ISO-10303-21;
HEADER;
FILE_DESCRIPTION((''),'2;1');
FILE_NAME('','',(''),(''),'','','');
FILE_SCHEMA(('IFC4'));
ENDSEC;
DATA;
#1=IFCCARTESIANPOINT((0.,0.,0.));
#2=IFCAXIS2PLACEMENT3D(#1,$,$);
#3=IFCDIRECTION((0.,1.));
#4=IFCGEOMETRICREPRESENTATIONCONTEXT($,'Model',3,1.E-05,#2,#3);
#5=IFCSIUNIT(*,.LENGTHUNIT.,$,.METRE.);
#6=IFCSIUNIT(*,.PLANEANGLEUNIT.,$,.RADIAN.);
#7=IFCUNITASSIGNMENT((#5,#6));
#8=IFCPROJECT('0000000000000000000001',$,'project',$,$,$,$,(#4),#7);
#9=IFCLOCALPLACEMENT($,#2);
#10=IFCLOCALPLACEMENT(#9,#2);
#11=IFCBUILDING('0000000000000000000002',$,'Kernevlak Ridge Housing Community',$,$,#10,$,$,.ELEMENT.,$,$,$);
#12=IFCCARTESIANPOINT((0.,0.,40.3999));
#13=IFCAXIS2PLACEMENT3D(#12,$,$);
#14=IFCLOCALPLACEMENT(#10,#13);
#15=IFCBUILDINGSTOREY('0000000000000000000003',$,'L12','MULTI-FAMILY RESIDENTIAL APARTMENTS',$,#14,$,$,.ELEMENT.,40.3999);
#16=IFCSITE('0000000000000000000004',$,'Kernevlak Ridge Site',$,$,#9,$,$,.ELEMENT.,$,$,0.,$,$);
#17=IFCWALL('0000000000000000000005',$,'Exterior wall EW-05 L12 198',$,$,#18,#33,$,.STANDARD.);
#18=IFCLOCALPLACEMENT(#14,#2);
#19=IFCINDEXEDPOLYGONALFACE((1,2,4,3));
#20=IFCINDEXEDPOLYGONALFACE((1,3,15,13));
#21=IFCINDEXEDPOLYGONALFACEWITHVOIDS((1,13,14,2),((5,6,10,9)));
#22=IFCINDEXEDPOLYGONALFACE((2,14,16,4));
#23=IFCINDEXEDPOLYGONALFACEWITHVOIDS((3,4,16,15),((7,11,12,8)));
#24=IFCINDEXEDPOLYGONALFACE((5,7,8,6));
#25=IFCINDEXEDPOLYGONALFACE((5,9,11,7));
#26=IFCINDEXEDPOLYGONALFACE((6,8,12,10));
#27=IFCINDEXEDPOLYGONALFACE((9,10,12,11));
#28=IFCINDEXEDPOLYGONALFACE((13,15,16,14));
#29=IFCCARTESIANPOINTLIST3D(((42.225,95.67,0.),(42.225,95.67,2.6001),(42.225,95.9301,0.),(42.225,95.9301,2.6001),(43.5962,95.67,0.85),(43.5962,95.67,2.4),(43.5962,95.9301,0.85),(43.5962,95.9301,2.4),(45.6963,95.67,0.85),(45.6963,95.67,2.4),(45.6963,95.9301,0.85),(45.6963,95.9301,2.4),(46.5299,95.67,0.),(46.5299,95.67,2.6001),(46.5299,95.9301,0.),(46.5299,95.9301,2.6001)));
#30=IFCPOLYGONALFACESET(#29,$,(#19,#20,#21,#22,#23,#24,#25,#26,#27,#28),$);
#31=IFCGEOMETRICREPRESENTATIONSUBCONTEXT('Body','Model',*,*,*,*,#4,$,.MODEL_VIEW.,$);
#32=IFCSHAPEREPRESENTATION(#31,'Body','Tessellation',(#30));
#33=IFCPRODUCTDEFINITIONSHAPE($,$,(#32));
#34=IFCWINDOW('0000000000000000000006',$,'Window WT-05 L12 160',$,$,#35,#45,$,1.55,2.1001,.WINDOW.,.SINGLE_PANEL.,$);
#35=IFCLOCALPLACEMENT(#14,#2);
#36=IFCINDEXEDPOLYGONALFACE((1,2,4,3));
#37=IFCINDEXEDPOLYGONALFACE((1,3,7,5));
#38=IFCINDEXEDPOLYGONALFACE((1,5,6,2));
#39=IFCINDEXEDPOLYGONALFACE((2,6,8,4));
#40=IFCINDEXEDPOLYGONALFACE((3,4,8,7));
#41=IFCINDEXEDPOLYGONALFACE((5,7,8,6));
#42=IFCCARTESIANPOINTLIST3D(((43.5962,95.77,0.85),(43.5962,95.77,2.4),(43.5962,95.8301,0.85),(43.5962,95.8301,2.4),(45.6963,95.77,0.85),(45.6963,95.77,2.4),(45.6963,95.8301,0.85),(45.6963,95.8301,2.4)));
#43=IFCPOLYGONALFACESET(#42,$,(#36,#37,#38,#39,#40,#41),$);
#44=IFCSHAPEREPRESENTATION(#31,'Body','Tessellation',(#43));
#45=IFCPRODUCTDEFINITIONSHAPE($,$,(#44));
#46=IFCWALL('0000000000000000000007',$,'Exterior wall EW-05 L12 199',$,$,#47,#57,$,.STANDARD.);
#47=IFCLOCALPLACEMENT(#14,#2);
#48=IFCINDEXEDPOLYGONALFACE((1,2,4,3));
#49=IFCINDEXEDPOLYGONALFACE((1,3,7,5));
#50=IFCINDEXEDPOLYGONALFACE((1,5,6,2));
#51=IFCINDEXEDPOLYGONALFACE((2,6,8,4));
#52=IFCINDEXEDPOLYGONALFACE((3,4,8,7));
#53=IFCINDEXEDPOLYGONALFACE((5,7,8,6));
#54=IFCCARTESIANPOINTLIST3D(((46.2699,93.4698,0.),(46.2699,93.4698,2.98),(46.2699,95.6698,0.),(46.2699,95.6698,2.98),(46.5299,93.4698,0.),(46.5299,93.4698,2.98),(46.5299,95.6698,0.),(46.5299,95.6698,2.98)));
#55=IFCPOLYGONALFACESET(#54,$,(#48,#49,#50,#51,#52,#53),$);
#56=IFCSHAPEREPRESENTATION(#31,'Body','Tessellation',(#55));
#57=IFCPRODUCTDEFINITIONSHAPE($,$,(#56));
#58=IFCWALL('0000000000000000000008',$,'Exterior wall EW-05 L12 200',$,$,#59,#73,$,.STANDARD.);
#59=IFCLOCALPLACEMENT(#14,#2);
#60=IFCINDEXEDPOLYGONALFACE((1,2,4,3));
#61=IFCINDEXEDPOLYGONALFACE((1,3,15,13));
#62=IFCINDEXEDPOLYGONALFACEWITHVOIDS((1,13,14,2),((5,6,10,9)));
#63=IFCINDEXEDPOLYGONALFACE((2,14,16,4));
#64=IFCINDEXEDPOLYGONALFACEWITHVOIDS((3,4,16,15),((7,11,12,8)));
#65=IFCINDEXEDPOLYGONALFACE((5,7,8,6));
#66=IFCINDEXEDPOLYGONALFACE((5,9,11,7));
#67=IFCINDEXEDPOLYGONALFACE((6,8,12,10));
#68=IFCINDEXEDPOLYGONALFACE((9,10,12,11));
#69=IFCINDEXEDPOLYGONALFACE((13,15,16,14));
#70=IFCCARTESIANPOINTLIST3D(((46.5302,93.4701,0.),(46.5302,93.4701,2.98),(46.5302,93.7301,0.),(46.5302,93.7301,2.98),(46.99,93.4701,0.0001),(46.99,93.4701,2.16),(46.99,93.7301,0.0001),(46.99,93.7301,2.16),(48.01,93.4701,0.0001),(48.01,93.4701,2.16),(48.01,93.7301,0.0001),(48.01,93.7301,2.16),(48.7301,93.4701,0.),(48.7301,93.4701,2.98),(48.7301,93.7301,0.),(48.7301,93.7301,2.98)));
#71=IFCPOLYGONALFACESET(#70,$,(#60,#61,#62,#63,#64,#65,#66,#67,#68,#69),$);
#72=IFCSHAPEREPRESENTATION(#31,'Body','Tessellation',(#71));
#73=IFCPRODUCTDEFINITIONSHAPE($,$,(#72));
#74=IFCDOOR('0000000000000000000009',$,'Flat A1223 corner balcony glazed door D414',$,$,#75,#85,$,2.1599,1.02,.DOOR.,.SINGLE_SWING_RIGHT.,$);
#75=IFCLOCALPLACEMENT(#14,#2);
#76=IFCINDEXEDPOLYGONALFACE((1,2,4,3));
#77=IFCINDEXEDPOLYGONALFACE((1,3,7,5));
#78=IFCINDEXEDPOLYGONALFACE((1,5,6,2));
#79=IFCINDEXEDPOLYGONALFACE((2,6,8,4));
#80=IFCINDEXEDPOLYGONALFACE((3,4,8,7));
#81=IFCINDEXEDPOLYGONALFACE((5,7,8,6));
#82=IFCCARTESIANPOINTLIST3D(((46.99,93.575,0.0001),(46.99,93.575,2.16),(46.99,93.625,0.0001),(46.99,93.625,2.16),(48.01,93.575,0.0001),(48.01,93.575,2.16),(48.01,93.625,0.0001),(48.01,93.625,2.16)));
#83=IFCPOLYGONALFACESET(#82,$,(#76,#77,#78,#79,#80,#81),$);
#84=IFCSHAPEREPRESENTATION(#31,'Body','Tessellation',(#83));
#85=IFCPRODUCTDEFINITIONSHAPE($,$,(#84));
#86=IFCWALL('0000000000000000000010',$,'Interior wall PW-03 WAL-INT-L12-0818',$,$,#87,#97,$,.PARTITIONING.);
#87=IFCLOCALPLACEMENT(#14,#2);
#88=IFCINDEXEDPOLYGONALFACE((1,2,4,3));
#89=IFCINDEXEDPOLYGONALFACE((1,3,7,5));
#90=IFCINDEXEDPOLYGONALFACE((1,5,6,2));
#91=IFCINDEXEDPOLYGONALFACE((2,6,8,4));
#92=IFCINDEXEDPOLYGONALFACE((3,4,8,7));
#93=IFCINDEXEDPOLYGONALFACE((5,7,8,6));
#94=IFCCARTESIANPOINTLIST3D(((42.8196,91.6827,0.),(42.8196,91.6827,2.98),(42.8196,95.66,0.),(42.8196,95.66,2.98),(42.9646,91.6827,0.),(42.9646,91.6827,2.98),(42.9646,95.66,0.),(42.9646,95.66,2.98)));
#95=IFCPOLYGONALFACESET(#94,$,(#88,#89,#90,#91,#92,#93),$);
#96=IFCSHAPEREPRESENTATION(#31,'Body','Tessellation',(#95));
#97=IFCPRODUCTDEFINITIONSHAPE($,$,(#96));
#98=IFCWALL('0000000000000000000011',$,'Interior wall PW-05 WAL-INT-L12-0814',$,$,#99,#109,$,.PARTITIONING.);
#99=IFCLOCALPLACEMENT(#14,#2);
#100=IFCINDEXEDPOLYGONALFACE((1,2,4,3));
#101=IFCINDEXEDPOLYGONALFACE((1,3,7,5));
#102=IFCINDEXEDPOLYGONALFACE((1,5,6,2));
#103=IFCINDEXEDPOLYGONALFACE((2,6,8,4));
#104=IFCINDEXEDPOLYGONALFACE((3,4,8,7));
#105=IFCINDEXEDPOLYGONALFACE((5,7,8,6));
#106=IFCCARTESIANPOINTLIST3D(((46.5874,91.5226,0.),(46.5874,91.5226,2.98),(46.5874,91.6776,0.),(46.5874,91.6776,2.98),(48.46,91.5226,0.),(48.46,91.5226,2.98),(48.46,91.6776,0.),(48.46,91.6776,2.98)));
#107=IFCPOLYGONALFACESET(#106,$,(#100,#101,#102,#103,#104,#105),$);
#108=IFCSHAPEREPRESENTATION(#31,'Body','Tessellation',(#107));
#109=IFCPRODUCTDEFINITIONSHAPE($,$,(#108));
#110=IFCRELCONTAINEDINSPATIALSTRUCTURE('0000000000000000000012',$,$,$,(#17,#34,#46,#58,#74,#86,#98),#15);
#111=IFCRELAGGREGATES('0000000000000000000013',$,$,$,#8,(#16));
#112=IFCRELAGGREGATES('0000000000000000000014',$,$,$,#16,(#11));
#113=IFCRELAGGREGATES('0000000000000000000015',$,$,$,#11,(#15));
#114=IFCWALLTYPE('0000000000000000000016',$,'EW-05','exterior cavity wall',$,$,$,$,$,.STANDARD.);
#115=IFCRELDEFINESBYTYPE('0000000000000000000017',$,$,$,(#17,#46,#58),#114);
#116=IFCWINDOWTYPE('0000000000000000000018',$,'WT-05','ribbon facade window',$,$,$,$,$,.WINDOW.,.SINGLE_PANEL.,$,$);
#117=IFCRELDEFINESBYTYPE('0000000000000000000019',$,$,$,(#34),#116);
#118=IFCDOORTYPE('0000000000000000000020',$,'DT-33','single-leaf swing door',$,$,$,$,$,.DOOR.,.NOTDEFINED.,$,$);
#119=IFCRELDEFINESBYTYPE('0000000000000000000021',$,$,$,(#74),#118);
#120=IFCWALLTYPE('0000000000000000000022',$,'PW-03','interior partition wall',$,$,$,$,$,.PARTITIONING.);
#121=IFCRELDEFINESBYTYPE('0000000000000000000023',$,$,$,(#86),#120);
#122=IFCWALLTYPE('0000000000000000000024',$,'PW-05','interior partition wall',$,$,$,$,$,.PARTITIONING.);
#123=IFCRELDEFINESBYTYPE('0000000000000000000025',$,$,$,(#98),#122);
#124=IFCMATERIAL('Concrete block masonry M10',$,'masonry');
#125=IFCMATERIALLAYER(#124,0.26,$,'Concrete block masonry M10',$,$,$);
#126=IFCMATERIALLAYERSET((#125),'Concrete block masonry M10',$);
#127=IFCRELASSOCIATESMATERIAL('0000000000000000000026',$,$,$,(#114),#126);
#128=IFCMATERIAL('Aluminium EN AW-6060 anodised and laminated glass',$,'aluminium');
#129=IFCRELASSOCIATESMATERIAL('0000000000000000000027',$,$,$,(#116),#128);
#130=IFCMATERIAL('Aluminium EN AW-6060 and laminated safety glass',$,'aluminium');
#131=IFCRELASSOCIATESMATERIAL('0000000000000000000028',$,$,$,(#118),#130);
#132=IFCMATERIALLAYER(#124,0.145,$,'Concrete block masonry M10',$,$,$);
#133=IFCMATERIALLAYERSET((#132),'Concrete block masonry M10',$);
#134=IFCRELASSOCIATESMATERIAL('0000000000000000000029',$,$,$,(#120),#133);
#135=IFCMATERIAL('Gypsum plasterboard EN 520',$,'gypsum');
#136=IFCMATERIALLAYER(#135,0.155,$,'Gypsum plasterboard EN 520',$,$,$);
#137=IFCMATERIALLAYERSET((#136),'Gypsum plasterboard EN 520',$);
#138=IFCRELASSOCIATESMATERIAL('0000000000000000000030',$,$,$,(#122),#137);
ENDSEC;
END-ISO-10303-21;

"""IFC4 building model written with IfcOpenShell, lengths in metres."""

from ifc_helpers import new_model, si_unit, direction, frame, frame_2d, origin, place, context, subcontext, project, spatial, rectangle, extrude, material, layer, layer_set, type_object, element, fill, save


model = new_model("IFC4")

# Units and contexts
model_context = context("Model", 3, precision=1e-05, world=origin(), true_north=direction((0.0, 1.0)))
body_context = subcontext(model_context, "Body", "Model", "MODEL_VIEW")
ifc_project = project(units=[si_unit("LENGTHUNIT", "METRE"), si_unit("PLANEANGLEUNIT", "RADIAN")], contexts=[model_context])

# Site, building, storey
site_placement = place(None, origin())
site = spatial("IfcSite", under=ifc_project, at=site_placement, Name="Kernevlak Ridge Site", CompositionType="ELEMENT", RefElevation=0.0)
building_placement = place(site_placement, origin())
building = spatial("IfcBuilding", under=site, at=building_placement, Name="Kernevlak Ridge Housing Community", CompositionType="ELEMENT")
storey_placement = place(building_placement, frame((0.0, 0.0, 40.3999)))
storey = spatial("IfcBuildingStorey", under=building, at=storey_placement, Name="L12", Description="MULTI-FAMILY RESIDENTIAL APARTMENTS", CompositionType="ELEMENT", Elevation=40.3999)

# Shared definitions
ifc_material_1 = material(Name="Aluminium EN AW-6060 anodised and laminated glass", Category="aluminium")

# Wall, opening, window
ifc_material_2 = material(Name="Concrete block masonry M10", Category="masonry")
ifc_layer_1 = layer(ifc_material_2, 0.26, Name="Concrete block masonry M10")
ifc_layer_set_1 = layer_set([ifc_layer_1], Name="Concrete block masonry M10")
wall_type_1 = type_object("IfcWallType", Name="EW-05", Description="exterior cavity wall", PredefinedType="STANDARD", material=ifc_layer_set_1)
wall_1_placement = place(storey_placement, frame((42.2251, 95.8, 0.0), z_axis=(0.0, 0.0, 1.0), x_axis=(1.0, 0.0, 0.0)))
wall_1 = element("IfcWall", 1, at=wall_1_placement, inside=storey, type_object=wall_type_1, Name="Exterior wall EW-05 L12 198", PredefinedType="STANDARD", context=body_context, shape_type="SweptSolid", body=[
    extrude(rectangle(XDim=4.3049, YDim=0.26, at=frame_2d((2.1523, 0.0))), origin(), (0.0, 0.0, 1.0), 2.6001),
])
opening_1_placement = place(wall_1_placement, frame((1.3711, 0.0, 0.8501)))
opening_1 = element("IfcOpeningElement", 2, at=opening_1_placement, cuts=wall_1, PredefinedType="OPENING", context=body_context, shape_type="SweptSolid", body=[
    extrude(rectangle(XDim=2.1001, YDim=1.55, at=frame_2d((1.05, 0.7749))), frame((0.0, 0.1399, 0.0), z_axis=(0.0, -1.0, 0.0), x_axis=(1.0, 0.0, 0.0)), (0.0, 0.0, 1.0), 0.28),
])
window_type = type_object("IfcWindowType", Name="WT-05", Description="ribbon facade window", PartitioningType="SINGLE_PANEL", PredefinedType="WINDOW", material=ifc_material_1)
window_placement = place(opening_1_placement, origin())
window = element("IfcWindow", 3, at=window_placement, inside=storey, type_object=window_type, Name="Window WT-05 L12 160", OverallHeight=1.55, OverallWidth=2.1001, PartitioningType="SINGLE_PANEL", PredefinedType="WINDOW", context=body_context, shape_type="SweptSolid", body=[
    extrude(rectangle(XDim=2.1001, YDim=1.55, at=frame_2d((1.05, 0.7749))), frame((0.0, 0.03, 0.0), z_axis=(0.0, -1.0, 0.0), x_axis=(1.0, 0.0, 0.0)), (0.0, 0.0, 1.0), 0.0601),
])
fill(opening_1, window)

# Wall
wall_2_placement = place(storey_placement, frame((46.3999, 95.6699, 0.0), z_axis=(0.0, 0.0, 1.0), x_axis=(0.0, -1.0, 0.0)))
element("IfcWall", 4, at=wall_2_placement, inside=storey, type_object=wall_type_1, Name="Exterior wall EW-05 L12 199", PredefinedType="STANDARD", context=body_context, shape_type="SweptSolid", body=[
    extrude(rectangle(XDim=2.2, YDim=0.26, at=frame_2d((1.1001, 0.0))), origin(), (0.0, 0.0, 1.0), 2.98),
])

# Wall, opening, door
wall_3_placement = place(storey_placement, frame((46.53, 93.6001, 0.0), z_axis=(0.0, 0.0, 1.0), x_axis=(1.0, 0.0, 0.0)))
wall_3 = element("IfcWall", 5, at=wall_3_placement, inside=storey, type_object=wall_type_1, Name="Exterior wall EW-05 L12 200", PredefinedType="STANDARD", context=body_context, shape_type="SweptSolid", body=[
    extrude(rectangle(XDim=2.2, YDim=0.26, at=frame_2d((1.1001, 0.0))), origin(), (0.0, 0.0, 1.0), 2.98),
])
opening_2_placement = place(wall_3_placement, frame((0.46, 0.0, 0.0)))
opening_2 = element("IfcOpeningElement", 6, at=opening_2_placement, cuts=wall_3, PredefinedType="OPENING", context=body_context, shape_type="SweptSolid", body=[
    extrude(rectangle(XDim=1.02, YDim=2.1599, at=frame_2d((0.51, 1.0801))), frame((0.0, 0.1399, 0.0), z_axis=(0.0, -1.0, 0.0), x_axis=(1.0, 0.0, 0.0)), (0.0, 0.0, 1.0), 0.28),
])
ifc_material_3 = material(Name="Aluminium EN AW-6060 and laminated safety glass", Category="aluminium")
door_type_1 = type_object("IfcDoorType", Name="DT-33", Description="single-leaf swing door", OperationType="NOTDEFINED", PredefinedType="DOOR", material=ifc_material_3)
door_1_placement = place(opening_2_placement, origin())
door_1 = element("IfcDoor", 7, at=door_1_placement, inside=storey, type_object=door_type_1, Name="Flat A1223 corner balcony glazed door D414", OperationType="SINGLE_SWING_RIGHT", OverallHeight=2.1599, OverallWidth=1.02, PredefinedType="DOOR", context=body_context, shape_type="SweptSolid", body=[
    extrude(rectangle(XDim=1.02, YDim=2.1599, at=frame_2d((0.51, 1.0801))), frame((0.0, 0.0249, 0.0), z_axis=(0.0, -1.0, 0.0), x_axis=(1.0, 0.0, 0.0)), (0.0, 0.0, 1.0), 0.05),
])
fill(opening_2, door_1)

# Wall
ifc_layer_2 = layer(ifc_material_2, 0.145, Name="Concrete block masonry M10")
ifc_layer_set_2 = layer_set([ifc_layer_2], Name="Concrete block masonry M10")
wall_type_2 = type_object("IfcWallType", Name="PW-03", Description="interior partition wall", PredefinedType="PARTITIONING", material=ifc_layer_set_2)
wall_4_placement = place(storey_placement, frame((42.8921, 91.6826, 0.0), z_axis=(0.0, 0.0, 1.0), x_axis=(0.0, 1.0, 0.0)))
element("IfcWall", 8, at=wall_4_placement, inside=storey, type_object=wall_type_2, Name="Interior wall PW-03 WAL-INT-L12-0818", PredefinedType="PARTITIONING", context=body_context, shape_type="SweptSolid", body=[
    extrude(rectangle(XDim=3.9773, YDim=0.145, at=frame_2d((1.9888, 0.0))), origin(), (0.0, 0.0, 1.0), 2.98),
])

# Shared definitions
ifc_material_4 = material(Name="Gypsum plasterboard EN 520", Category="gypsum")
ifc_layer_3 = layer(ifc_material_4, 0.155, Name="Gypsum plasterboard EN 520")
ifc_layer_set_3 = layer_set([ifc_layer_3], Name="Gypsum plasterboard EN 520")
wall_type_3 = type_object("IfcWallType", Name="PW-05", Description="interior partition wall", PredefinedType="PARTITIONING", material=ifc_layer_set_3)

# Wall
wall_5_placement = place(storey_placement, frame((46.5874, 91.6001, 0.0), z_axis=(0.0, 0.0, 1.0), x_axis=(1.0, 0.0, 0.0)))
element("IfcWall", 9, at=wall_5_placement, inside=storey, type_object=wall_type_3, Name="Interior wall PW-05 WAL-INT-L12-0814", PredefinedType="PARTITIONING", context=body_context, shape_type="SweptSolid", body=[
    extrude(rectangle(XDim=1.8726, YDim=0.155, at=frame_2d((0.9363, 0.0))), origin(), (0.0, 0.0, 1.0), 2.98),
])

save(model, "model.ifc")
